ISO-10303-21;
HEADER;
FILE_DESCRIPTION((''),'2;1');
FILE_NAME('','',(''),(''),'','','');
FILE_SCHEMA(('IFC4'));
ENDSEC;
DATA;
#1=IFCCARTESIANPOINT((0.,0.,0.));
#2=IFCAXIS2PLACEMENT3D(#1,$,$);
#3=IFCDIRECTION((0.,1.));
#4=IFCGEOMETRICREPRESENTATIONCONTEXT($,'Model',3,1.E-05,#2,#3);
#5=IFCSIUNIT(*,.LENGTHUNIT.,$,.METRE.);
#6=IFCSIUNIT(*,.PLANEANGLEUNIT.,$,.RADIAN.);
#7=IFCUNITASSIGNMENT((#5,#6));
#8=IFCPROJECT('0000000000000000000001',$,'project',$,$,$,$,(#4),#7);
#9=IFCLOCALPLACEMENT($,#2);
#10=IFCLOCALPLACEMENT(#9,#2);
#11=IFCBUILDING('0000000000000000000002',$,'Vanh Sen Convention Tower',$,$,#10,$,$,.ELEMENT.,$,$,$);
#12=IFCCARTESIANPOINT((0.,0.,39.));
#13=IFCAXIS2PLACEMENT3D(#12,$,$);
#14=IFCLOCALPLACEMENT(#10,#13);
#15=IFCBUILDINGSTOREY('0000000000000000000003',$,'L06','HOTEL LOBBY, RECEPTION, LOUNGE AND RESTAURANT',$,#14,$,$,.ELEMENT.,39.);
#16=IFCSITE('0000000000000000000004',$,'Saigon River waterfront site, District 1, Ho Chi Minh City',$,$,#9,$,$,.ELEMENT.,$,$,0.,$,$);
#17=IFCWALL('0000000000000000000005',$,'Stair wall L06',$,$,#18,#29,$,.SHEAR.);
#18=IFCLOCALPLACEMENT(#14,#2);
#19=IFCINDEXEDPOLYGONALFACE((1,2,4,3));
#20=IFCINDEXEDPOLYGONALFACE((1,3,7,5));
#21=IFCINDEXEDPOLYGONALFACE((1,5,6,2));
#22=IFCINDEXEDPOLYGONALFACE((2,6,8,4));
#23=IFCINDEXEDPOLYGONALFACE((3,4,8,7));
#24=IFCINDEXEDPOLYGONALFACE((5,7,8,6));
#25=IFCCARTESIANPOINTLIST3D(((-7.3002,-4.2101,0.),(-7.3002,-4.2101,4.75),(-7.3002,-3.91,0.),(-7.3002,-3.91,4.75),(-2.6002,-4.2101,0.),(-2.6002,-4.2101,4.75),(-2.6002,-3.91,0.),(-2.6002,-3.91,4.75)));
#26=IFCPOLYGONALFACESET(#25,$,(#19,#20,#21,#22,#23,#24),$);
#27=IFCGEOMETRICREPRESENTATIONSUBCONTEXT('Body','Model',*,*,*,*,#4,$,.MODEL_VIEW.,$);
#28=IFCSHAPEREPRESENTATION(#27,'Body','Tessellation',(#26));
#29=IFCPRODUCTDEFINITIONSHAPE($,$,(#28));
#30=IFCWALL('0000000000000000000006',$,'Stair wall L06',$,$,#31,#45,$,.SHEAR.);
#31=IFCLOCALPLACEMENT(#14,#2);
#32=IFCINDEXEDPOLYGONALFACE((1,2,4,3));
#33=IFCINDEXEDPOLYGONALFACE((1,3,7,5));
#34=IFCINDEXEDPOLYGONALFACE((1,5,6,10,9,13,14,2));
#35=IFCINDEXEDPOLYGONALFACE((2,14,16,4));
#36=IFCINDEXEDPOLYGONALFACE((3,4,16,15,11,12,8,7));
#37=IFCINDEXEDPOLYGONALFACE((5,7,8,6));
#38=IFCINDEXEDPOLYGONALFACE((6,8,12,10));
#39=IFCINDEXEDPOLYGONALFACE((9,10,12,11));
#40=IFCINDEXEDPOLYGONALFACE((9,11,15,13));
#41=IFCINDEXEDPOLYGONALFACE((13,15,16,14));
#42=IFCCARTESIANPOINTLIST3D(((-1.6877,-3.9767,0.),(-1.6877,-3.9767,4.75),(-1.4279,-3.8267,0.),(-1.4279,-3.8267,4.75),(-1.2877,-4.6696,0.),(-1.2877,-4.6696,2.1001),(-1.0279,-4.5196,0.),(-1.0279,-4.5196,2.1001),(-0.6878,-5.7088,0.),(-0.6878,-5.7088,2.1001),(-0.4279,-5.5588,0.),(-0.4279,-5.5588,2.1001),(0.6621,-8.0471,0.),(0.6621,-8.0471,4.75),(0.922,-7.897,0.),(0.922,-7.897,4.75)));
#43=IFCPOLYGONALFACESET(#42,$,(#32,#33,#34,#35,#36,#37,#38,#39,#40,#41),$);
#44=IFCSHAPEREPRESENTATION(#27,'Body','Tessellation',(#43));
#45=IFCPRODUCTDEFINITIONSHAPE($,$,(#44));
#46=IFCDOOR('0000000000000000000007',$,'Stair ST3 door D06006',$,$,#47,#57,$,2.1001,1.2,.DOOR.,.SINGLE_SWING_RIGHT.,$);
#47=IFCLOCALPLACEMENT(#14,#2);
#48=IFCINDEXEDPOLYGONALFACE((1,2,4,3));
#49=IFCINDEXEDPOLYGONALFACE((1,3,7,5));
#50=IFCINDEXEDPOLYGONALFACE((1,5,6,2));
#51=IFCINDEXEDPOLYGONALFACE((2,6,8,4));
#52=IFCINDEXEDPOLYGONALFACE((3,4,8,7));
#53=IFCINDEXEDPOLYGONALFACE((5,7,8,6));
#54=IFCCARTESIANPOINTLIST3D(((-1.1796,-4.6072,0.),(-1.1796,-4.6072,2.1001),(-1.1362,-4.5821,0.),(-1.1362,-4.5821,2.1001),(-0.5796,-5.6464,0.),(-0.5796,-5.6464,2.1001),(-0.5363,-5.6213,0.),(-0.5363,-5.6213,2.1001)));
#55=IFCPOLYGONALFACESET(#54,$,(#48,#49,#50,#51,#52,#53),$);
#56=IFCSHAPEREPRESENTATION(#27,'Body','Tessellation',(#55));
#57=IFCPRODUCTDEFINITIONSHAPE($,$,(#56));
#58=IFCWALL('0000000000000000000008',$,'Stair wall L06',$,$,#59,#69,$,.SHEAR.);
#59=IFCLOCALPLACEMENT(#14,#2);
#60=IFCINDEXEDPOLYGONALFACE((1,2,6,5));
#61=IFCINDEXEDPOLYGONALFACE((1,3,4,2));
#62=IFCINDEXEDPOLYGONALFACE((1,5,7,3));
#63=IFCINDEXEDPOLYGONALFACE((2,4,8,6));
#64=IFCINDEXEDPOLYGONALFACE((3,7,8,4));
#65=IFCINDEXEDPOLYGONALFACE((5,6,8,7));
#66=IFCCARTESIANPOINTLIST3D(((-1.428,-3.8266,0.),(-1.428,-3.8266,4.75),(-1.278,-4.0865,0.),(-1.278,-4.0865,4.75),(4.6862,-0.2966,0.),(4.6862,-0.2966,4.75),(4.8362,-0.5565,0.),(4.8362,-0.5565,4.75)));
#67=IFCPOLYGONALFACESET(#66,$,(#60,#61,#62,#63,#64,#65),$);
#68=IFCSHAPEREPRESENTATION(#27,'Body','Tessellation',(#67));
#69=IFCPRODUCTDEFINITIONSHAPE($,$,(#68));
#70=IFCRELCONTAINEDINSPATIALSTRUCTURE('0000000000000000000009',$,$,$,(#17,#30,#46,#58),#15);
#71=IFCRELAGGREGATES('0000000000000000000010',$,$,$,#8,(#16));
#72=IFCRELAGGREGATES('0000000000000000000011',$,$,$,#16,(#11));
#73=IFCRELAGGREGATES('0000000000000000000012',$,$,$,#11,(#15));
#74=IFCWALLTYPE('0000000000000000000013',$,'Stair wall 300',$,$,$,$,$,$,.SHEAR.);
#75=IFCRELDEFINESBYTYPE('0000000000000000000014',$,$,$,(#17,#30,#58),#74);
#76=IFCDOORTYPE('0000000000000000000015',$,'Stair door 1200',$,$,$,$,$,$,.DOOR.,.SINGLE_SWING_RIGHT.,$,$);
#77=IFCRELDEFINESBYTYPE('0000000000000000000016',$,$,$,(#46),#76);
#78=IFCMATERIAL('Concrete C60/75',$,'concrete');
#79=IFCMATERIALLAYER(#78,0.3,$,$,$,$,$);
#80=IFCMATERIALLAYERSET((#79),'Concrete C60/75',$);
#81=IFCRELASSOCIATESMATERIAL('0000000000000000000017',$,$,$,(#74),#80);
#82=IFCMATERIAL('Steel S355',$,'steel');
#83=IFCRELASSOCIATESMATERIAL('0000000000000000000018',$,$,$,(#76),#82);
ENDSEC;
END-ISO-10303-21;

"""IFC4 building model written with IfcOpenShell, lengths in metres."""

from ifc_helpers import new_model, si_unit, direction, frame, frame_2d, origin, place, context, subcontext, project, spatial, rectangle, extrude, material, layer, layer_set, type_object, element, fill, save


model = new_model("IFC4")

# Units and contexts
model_context = context("Model", 3, precision=1e-05, world=origin(), true_north=direction((0.0, 1.0)))
body_context = subcontext(model_context, "Body", "Model", "MODEL_VIEW")
ifc_project = project(units=[si_unit("LENGTHUNIT", "METRE"), si_unit("PLANEANGLEUNIT", "RADIAN")], contexts=[model_context])

# Site, building, storey
site_placement = place(None, origin())
site = spatial("IfcSite", under=ifc_project, at=site_placement, Name="Saigon River waterfront site, District 1, Ho Chi Minh City", CompositionType="ELEMENT", RefElevation=0.0)
building_placement = place(site_placement, origin())
building = spatial("IfcBuilding", under=site, at=building_placement, Name="Vanh Sen Convention Tower", CompositionType="ELEMENT")
storey_placement = place(building_placement, frame((0.0, 0.0, 39.0)))
storey = spatial("IfcBuildingStorey", under=building, at=storey_placement, Name="L06", Description="HOTEL LOBBY, RECEPTION, LOUNGE AND RESTAURANT", CompositionType="ELEMENT", Elevation=39.0)

# Shared definitions
ifc_material_1 = material(Name="Steel S355", Category="steel")

# Wall
ifc_material_2 = material(Name="Concrete C60/75", Category="concrete")
ifc_layer_1 = layer(ifc_material_2, 0.3)
ifc_layer_set_1 = layer_set([ifc_layer_1], Name="Concrete C60/75")
wall_type_1 = type_object("IfcWallType", Name="Stair wall 300", PredefinedType="SHEAR", material=ifc_layer_set_1)
wall_1_placement = place(storey_placement, frame((-2.6001, -4.0601, 0.0), z_axis=(0.0, 0.0, 1.0), x_axis=(-1.0, 0.0, 0.0)))
element("IfcWall", 1, at=wall_1_placement, inside=storey, type_object=wall_type_1, Name="Stair wall L06", PredefinedType="SHEAR", context=body_context, shape_type="SweptSolid", body=[
    extrude(rectangle(XDim=4.7, YDim=0.3, at=frame_2d((2.3501, 0.0))), origin(), (0.0, 0.0, 1.0), 4.75),
])

# Wall, opening, door
wall_2_placement = place(storey_placement, frame((-1.5579, -3.9016, 0.0), z_axis=(0.0, 0.0, 1.0), x_axis=(0.499977, -0.866039, 0.0)))
wall_2 = element("IfcWall", 2, at=wall_2_placement, inside=storey, type_object=wall_type_1, Name="Stair wall L06", PredefinedType="SHEAR", context=body_context, shape_type="SweptSolid", body=[
    extrude(rectangle(XDim=4.7, YDim=0.3, at=frame_2d((2.3501, 0.0))), origin(), (0.0, 0.0, 1.0), 4.75),
])
opening_1_placement = place(wall_2_placement, frame((0.8, 0.0, 0.0)))
opening_1 = element("IfcOpeningElement", 3, at=opening_1_placement, cuts=wall_2, PredefinedType="OPENING", context=body_context, shape_type="SweptSolid", body=[
    extrude(rectangle(XDim=1.2, YDim=2.1001, at=frame_2d((0.6001, 1.05))), frame((0.0, 0.1599, 0.0), z_axis=(0.0, -1.0, 0.0), x_axis=(1.0, 0.0, 0.0)), (0.0, 0.0, 1.0), 0.3201),
])
door_type_1 = type_object("IfcDoorType", Name="Stair door 1200", OperationType="SINGLE_SWING_RIGHT", PredefinedType="DOOR", material=ifc_material_1)
door_1_placement = place(opening_1_placement, origin())
door_1 = element("IfcDoor", 4, at=door_1_placement, inside=storey, type_object=door_type_1, Name="Stair ST3 door D06006", OperationType="SINGLE_SWING_RIGHT", OverallHeight=2.1001, OverallWidth=1.2, PredefinedType="DOOR", context=body_context, shape_type="SweptSolid", body=[
    extrude(rectangle(XDim=1.2, YDim=2.1001, at=frame_2d((0.6001, 1.05))), frame((0.0, 0.0249, 0.0), z_axis=(0.0, -1.0, 0.0), x_axis=(1.0, 0.0, 0.0)), (0.0, 0.0, 1.0), 0.05),
])
fill(opening_1, door_1)

# Wall
wall_3_placement = place(storey_placement, frame((-1.353, -3.9565, 0.0), z_axis=(0.0, 0.0, 1.0), x_axis=(0.866028, 0.499996, 0.0)))
element("IfcWall", 5, at=wall_3_placement, inside=storey, type_object=wall_type_1, Name="Stair wall L06", PredefinedType="SHEAR", context=body_context, shape_type="SweptSolid", body=[
    extrude(rectangle(XDim=7.0601, YDim=0.3, at=frame_2d((3.53, 0.0))), origin(), (0.0, 0.0, 1.0), 4.75),
])

save(model, "model.ifc")
